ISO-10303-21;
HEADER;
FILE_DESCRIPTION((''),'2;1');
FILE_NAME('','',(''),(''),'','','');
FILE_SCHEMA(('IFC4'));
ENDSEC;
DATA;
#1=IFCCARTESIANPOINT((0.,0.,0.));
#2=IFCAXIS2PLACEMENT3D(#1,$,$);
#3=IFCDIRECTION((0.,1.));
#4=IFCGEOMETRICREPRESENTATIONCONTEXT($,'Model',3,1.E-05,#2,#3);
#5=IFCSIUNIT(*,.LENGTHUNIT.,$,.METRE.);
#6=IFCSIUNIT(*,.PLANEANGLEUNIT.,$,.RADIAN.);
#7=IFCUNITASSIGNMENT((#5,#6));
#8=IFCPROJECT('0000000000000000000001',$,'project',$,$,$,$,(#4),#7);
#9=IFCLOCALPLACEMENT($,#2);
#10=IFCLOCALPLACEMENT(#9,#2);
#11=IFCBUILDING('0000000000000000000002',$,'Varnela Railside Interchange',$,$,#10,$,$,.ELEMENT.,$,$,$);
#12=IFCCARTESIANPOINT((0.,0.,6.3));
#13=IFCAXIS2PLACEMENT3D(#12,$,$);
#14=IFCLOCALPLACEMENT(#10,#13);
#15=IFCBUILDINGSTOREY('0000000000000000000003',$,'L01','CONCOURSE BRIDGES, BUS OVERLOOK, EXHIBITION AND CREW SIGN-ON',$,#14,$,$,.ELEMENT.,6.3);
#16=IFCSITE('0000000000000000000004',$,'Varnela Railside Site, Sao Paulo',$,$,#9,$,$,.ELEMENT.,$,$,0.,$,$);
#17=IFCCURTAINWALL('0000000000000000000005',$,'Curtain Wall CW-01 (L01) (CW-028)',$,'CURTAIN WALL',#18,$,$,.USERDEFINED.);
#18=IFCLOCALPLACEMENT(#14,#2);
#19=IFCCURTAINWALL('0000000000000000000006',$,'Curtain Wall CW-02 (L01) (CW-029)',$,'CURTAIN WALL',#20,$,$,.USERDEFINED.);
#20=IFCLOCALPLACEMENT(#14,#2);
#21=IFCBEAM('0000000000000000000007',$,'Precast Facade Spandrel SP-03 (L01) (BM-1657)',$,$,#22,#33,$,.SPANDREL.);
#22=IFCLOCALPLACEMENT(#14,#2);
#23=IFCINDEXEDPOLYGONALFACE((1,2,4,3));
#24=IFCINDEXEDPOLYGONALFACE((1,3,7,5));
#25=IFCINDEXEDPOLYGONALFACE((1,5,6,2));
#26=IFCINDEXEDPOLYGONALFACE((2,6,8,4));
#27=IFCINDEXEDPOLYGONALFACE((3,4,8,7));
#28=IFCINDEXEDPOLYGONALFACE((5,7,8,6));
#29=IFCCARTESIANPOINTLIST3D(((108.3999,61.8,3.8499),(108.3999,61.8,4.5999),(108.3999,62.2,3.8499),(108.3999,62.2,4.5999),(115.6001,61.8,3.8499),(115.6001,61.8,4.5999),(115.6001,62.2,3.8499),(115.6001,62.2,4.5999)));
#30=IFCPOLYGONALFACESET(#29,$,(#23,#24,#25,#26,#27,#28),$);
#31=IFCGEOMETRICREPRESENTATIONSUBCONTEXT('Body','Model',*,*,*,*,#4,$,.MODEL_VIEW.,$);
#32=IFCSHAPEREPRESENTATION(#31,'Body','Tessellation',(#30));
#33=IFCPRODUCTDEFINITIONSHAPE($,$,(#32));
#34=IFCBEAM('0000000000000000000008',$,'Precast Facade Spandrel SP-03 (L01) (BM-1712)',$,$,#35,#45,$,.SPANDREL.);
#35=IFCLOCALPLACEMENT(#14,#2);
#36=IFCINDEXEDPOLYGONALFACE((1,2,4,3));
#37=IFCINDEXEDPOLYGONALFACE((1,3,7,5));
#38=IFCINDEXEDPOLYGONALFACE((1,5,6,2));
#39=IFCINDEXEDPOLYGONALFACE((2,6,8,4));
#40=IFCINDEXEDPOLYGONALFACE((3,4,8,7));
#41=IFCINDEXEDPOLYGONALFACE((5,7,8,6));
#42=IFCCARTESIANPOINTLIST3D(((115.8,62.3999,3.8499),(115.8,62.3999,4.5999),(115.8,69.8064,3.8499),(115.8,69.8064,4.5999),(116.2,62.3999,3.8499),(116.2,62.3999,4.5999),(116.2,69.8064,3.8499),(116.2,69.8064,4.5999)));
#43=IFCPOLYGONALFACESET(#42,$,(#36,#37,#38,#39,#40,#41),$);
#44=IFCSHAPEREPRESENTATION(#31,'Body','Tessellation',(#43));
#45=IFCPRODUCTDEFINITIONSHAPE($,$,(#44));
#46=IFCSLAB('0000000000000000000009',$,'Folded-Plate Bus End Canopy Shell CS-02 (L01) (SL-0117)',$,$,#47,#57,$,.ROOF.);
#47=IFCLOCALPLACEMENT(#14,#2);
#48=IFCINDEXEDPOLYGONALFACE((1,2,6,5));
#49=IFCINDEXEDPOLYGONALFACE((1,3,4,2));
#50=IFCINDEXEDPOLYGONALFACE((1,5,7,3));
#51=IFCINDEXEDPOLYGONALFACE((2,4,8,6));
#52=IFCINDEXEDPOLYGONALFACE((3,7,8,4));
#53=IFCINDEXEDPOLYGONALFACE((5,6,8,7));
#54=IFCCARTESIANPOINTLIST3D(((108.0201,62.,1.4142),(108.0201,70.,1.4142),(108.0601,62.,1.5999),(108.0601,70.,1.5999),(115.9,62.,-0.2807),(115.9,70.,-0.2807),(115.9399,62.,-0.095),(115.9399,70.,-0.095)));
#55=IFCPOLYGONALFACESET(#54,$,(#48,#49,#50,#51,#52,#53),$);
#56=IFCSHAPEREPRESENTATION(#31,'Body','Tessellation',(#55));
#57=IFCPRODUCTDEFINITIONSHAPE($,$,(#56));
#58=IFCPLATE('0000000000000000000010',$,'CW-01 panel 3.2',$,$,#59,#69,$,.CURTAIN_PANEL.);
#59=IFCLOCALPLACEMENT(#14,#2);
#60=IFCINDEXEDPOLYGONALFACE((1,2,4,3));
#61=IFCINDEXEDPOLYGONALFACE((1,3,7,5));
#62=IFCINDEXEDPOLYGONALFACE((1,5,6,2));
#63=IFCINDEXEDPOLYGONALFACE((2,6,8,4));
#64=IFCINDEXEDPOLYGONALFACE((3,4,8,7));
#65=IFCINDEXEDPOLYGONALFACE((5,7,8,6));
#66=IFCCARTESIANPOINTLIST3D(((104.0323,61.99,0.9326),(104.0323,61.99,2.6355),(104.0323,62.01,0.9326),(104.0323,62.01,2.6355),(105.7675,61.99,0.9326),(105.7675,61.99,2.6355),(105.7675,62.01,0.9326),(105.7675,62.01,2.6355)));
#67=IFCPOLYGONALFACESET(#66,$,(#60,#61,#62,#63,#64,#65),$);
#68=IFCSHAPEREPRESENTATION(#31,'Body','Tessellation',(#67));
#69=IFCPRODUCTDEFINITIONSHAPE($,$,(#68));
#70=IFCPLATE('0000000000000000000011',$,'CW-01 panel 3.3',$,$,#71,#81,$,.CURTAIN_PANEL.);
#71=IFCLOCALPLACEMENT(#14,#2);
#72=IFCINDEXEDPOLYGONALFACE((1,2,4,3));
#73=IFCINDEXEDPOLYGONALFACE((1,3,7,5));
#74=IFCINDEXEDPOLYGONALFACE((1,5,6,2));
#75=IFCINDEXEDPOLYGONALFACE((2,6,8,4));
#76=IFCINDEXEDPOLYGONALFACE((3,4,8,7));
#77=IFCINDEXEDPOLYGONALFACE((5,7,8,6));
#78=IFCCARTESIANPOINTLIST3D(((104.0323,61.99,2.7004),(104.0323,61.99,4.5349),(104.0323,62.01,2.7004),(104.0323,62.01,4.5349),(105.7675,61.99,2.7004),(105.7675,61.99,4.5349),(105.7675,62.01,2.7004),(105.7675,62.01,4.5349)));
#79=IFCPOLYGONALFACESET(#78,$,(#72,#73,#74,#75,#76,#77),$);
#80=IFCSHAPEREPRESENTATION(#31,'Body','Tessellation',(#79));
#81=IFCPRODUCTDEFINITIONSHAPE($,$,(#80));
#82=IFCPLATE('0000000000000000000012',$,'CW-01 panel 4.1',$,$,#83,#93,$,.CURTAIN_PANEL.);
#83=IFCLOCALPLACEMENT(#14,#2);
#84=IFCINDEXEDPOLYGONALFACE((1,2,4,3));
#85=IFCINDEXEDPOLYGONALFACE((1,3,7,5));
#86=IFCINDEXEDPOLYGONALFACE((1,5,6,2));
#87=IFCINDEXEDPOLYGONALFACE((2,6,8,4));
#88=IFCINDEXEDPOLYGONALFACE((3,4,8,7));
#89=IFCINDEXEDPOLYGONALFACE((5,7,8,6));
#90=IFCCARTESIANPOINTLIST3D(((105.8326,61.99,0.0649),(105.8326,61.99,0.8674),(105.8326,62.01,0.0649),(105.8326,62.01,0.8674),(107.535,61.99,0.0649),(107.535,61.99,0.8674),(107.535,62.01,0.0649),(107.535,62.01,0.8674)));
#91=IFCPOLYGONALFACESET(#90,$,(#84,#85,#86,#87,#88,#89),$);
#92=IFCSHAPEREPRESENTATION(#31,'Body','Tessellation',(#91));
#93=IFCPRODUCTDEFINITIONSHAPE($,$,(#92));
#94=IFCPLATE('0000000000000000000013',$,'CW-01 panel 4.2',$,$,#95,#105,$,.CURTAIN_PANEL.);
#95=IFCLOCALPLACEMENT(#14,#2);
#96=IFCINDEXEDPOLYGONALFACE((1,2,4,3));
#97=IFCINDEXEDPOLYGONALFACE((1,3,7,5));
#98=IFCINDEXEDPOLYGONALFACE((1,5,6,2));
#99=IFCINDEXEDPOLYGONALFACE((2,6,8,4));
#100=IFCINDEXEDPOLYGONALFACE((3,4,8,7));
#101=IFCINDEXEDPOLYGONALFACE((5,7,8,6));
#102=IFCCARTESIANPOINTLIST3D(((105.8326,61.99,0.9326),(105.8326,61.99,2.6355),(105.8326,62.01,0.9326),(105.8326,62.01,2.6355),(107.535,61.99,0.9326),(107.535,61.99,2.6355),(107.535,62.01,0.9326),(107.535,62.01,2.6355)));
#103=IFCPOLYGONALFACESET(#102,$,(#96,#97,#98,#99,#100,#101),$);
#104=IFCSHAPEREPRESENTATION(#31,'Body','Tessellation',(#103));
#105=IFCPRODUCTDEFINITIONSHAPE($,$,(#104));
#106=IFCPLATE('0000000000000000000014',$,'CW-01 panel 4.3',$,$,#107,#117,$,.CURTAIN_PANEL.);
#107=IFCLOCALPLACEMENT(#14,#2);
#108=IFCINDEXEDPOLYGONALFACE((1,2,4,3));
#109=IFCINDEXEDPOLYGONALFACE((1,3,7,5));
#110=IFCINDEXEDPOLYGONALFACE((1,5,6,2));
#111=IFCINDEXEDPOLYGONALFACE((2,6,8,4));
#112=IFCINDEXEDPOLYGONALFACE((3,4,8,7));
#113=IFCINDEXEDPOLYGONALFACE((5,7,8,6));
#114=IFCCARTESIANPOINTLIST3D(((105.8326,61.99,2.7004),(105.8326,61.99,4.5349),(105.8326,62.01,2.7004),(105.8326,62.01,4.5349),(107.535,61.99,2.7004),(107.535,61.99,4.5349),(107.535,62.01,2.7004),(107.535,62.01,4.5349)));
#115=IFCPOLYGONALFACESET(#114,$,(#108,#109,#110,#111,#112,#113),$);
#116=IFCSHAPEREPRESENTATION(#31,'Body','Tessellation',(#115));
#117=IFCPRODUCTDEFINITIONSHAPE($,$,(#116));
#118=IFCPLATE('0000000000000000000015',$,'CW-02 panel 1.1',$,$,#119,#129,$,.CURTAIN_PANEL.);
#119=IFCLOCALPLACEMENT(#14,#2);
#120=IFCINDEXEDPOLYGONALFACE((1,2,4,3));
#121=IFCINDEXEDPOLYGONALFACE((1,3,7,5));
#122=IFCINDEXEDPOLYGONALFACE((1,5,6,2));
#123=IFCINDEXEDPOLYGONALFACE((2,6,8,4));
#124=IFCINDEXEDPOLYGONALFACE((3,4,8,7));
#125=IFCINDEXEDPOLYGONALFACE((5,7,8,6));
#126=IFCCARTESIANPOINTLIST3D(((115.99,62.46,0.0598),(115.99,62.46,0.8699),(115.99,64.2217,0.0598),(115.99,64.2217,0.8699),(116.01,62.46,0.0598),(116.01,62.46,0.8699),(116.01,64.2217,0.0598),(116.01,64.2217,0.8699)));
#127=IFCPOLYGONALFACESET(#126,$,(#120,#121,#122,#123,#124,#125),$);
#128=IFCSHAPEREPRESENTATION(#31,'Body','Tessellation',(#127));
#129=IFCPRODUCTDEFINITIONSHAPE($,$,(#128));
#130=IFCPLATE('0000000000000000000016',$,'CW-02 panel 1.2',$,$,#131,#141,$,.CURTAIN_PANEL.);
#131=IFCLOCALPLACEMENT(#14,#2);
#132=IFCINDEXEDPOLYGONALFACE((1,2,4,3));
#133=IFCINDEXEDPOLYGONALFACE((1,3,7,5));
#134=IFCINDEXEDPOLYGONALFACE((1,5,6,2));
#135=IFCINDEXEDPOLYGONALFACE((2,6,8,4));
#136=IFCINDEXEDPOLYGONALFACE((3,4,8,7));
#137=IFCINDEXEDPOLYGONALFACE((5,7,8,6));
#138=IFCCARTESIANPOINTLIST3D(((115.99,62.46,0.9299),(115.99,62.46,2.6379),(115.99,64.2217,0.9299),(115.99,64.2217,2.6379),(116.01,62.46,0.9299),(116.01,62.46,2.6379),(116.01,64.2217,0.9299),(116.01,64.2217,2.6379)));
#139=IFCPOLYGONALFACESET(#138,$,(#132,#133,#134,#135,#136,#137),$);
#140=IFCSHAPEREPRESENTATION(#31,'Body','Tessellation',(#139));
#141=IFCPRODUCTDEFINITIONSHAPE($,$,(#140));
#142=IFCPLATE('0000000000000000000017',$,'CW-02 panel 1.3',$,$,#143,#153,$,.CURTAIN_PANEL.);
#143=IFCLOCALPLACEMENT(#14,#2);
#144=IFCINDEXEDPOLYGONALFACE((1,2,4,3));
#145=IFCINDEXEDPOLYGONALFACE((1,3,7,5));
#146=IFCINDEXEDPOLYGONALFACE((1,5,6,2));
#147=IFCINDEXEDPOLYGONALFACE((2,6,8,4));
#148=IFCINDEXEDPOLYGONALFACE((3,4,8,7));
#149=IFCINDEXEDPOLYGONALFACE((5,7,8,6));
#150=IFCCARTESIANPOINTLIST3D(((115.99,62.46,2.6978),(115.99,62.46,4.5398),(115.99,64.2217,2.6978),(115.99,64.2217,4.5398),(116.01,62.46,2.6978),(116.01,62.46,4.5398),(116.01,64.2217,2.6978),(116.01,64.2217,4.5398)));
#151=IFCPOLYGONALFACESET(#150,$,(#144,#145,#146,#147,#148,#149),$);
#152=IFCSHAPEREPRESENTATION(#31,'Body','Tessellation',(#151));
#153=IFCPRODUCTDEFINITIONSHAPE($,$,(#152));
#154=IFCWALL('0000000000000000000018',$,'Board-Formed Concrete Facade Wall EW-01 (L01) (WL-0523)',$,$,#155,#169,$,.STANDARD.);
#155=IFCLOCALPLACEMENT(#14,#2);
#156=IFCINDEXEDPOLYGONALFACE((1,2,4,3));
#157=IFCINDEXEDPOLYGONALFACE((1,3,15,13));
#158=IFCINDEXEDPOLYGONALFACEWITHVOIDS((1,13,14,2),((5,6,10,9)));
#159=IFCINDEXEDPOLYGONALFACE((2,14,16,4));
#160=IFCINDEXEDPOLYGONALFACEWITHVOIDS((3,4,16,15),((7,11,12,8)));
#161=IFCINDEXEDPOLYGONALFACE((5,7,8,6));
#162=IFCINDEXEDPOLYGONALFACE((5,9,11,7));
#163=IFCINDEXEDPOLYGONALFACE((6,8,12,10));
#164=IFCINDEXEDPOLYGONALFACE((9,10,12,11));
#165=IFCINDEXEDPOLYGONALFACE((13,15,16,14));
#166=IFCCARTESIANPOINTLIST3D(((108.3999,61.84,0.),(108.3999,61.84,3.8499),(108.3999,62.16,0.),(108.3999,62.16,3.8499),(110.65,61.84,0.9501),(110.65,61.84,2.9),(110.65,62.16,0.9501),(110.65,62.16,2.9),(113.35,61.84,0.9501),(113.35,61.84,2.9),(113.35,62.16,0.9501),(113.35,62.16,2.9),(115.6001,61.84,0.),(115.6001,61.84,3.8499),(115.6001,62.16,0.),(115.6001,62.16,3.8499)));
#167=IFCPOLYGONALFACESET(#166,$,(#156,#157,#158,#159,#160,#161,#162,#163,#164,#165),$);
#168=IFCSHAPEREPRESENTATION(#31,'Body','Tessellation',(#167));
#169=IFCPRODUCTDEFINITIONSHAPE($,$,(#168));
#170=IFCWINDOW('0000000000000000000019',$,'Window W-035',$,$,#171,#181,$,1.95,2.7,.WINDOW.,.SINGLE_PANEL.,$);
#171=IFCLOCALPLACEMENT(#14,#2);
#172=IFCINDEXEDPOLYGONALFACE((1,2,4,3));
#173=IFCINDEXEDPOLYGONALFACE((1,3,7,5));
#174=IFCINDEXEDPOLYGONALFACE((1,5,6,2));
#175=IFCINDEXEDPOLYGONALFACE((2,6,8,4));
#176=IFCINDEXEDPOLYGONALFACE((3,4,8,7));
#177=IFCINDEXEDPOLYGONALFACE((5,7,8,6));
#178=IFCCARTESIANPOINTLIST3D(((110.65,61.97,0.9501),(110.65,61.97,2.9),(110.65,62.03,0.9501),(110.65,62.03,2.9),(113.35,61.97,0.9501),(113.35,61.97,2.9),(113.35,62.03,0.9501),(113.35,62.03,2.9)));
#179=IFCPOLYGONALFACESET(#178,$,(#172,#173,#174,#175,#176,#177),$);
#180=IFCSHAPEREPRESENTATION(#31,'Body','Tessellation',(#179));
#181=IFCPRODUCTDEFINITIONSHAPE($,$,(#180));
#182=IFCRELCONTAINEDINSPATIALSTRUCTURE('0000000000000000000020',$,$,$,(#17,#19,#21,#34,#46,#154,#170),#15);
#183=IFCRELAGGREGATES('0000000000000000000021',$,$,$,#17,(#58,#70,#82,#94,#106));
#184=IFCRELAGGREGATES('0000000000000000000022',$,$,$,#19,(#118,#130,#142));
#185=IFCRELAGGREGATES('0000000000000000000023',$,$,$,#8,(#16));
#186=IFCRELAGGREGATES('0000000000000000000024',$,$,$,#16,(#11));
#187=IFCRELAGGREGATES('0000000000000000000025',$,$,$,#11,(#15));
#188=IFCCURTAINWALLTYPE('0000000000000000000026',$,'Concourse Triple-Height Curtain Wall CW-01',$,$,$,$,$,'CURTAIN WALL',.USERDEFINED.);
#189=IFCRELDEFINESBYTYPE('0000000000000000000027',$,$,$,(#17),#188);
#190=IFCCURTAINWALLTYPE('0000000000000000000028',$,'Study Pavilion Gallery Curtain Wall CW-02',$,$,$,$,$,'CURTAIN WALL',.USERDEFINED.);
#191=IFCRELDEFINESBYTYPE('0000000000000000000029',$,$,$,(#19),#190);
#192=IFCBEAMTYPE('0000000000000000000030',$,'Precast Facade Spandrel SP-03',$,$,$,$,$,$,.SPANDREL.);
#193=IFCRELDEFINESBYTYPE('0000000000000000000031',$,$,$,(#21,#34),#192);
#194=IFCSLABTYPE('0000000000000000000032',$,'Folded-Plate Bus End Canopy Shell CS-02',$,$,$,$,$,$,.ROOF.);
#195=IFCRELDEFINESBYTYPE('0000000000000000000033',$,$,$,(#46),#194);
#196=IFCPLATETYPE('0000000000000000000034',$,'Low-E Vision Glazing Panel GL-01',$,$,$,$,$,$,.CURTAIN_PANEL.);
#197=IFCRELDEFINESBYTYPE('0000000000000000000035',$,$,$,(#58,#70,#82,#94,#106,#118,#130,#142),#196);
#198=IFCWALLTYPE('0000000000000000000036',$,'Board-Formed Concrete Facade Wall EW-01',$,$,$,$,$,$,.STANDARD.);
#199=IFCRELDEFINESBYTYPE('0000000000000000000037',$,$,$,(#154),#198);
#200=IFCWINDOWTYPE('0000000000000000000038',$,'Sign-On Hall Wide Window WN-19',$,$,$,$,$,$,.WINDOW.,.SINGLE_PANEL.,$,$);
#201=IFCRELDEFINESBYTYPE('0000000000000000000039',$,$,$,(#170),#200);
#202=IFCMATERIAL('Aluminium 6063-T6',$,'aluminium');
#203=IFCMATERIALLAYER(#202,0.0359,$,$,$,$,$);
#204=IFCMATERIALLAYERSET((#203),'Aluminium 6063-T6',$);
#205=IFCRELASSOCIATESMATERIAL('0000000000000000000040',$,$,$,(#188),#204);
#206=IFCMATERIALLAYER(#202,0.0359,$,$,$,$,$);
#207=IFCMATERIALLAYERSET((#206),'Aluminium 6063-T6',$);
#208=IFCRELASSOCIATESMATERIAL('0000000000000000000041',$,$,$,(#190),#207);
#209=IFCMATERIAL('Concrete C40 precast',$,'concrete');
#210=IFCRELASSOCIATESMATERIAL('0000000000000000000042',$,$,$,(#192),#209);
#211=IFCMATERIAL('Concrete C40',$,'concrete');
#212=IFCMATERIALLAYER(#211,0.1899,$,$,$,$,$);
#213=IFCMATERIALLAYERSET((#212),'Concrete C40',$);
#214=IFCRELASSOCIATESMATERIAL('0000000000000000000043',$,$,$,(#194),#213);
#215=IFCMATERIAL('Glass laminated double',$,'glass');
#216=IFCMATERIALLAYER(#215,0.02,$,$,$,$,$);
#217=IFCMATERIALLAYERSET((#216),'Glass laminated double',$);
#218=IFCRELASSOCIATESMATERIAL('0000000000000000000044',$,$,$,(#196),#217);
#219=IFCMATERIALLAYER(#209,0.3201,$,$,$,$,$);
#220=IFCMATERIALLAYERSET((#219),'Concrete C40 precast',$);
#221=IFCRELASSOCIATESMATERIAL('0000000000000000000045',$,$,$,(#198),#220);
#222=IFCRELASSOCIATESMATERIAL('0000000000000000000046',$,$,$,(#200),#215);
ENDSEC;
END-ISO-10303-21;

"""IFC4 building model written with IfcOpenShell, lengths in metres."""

from ifc_helpers import new_model, si_unit, direction, frame, frame_2d, origin, origin_2d, place, context, subcontext, project, spatial, polyline, rectangle, outline, extrude, material, layer, layer_set, material_profile, profile_set, type_object, element, fill, aggregate, save


model = new_model("IFC4")

# Units and contexts
model_context = context("Model", 3, precision=1e-05, world=origin(), true_north=direction((0.0, 1.0)))
body_context = subcontext(model_context, "Body", "Model", "MODEL_VIEW")
ifc_project = project(units=[si_unit("LENGTHUNIT", "METRE"), si_unit("PLANEANGLEUNIT", "RADIAN")], contexts=[model_context])

# Site, building, storey
site_placement = place(None, origin())
site = spatial("IfcSite", under=ifc_project, at=site_placement, Name="Varnela Railside Site, Sao Paulo", CompositionType="ELEMENT", RefElevation=0.0)
building_placement = place(site_placement, origin())
building = spatial("IfcBuilding", under=site, at=building_placement, Name="Varnela Railside Interchange", CompositionType="ELEMENT")
storey_placement = place(building_placement, frame((0.0, 0.0, 6.3)))
storey = spatial("IfcBuildingStorey", under=building, at=storey_placement, Name="L01", Description="CONCOURSE BRIDGES, BUS OVERLOOK, EXHIBITION AND CREW SIGN-ON", CompositionType="ELEMENT", Elevation=6.3)

# Curtain walls
ifc_material_1 = material(Name="Aluminium 6063-T6", Category="aluminium")
ifc_layer_1 = layer(ifc_material_1, 0.0359)
ifc_layer_set_1 = layer_set([ifc_layer_1], Name="Aluminium 6063-T6")
curtain_wall_type_1 = type_object("IfcCurtainWallType", Name="Concourse Triple-Height Curtain Wall CW-01", ElementType="CURTAIN WALL", PredefinedType="USERDEFINED", material=ifc_layer_set_1)
curtain_wall_1_placement = place(storey_placement, origin())
curtain_wall_1 = element("IfcCurtainWall", 1, at=curtain_wall_1_placement, inside=storey, type_object=curtain_wall_type_1, Name="Curtain Wall CW-01 (L01) (CW-028)", ObjectType="CURTAIN WALL", PredefinedType="USERDEFINED")
ifc_layer_2 = layer(ifc_material_1, 0.0359)
ifc_layer_set_2 = layer_set([ifc_layer_2], Name="Aluminium 6063-T6")
curtain_wall_type_2 = type_object("IfcCurtainWallType", Name="Study Pavilion Gallery Curtain Wall CW-02", ElementType="CURTAIN WALL", PredefinedType="USERDEFINED", material=ifc_layer_set_2)
curtain_wall_2_placement = place(storey_placement, origin())
curtain_wall_2 = element("IfcCurtainWall", 2, at=curtain_wall_2_placement, inside=storey, type_object=curtain_wall_type_2, Name="Curtain Wall CW-02 (L01) (CW-029)", ObjectType="CURTAIN WALL", PredefinedType="USERDEFINED")

# Beams
ifc_material_2 = material(Name="Concrete C40 precast", Category="concrete")
ifc_material_profile_1 = material_profile(ifc_material_2, rectangle(XDim=0.3999, YDim=0.75, at=origin_2d()), Name="PC 400x750")
ifc_profile_set_1 = profile_set([ifc_material_profile_1], Name="Concrete C40 precast")
beam_type = type_object("IfcBeamType", Name="Precast Facade Spandrel SP-03", PredefinedType="SPANDREL", material=ifc_profile_set_1)
beam_1_placement = place(storey_placement, frame((108.3999, 62.0, 4.2249), z_axis=(1.0, 0.0, 0.0), x_axis=(0.0, 1.0, 0.0)))
element("IfcBeam", 3, at=beam_1_placement, inside=storey, type_object=beam_type, Name="Precast Facade Spandrel SP-03 (L01) (BM-1657)", PredefinedType="SPANDREL", context=body_context, shape_type="SweptSolid", body=[
    extrude(rectangle(XDim=0.3999, YDim=0.75, at=origin_2d()), origin(), (0.0, 0.0, 1.0), 7.2002),
])
beam_2_placement = place(storey_placement, frame((116.0, 62.3999, 4.2249), z_axis=(0.0, 1.0, 0.0), x_axis=(-1.0, 0.0, 0.0)))
element("IfcBeam", 4, at=beam_2_placement, inside=storey, type_object=beam_type, Name="Precast Facade Spandrel SP-03 (L01) (BM-1712)", PredefinedType="SPANDREL", context=body_context, shape_type="SweptSolid", body=[
    extrude(rectangle(XDim=0.3999, YDim=0.75, at=origin_2d()), origin(), (0.0, 0.0, 1.0), 7.4065),
])

# Slab
ifc_material_3 = material(Name="Concrete C40", Category="concrete")
ifc_layer_3 = layer(ifc_material_3, 0.1899)
ifc_layer_set_3 = layer_set([ifc_layer_3], Name="Concrete C40")
slab_type = type_object("IfcSlabType", Name="Folded-Plate Bus End Canopy Shell CS-02", PredefinedType="ROOF", material=ifc_layer_set_3)
slab_placement = place(storey_placement, frame((108.0601, 62.0, 1.5999), z_axis=(0.210274, 0.0, 0.977643), x_axis=(0.977643, 0.0, -0.210274)))
element("IfcSlab", 5, at=slab_placement, inside=storey, type_object=slab_type, Name="Folded-Plate Bus End Canopy Shell CS-02 (L01) (SL-0117)", PredefinedType="ROOF", context=body_context, shape_type="SweptSolid", body=[
    extrude(outline(polyline([(0.0, 0.0), (8.0601, 0.0), (8.0601, 8.0), (0.0, 8.0), (0.0, 0.0)])), origin(), (0.0, 0.0, -1.0), 0.1899),
])

# Plates
ifc_material_4 = material(Name="Glass laminated double", Category="glass")
ifc_layer_4 = layer(ifc_material_4, 0.02)
ifc_layer_set_4 = layer_set([ifc_layer_4], Name="Glass laminated double")
plate_type = type_object("IfcPlateType", Name="Low-E Vision Glazing Panel GL-01", PredefinedType="CURTAIN_PANEL", material=ifc_layer_set_4)
plate_1_placement = place(storey_placement, frame((104.8999, 62.0, 0.9326), z_axis=(0.0, 0.0, 1.0), x_axis=(1.0, 0.0, 0.0)))
plate_1 = element("IfcPlate", 6, at=plate_1_placement, type_object=plate_type, Name="CW-01 panel 3.2", PredefinedType="CURTAIN_PANEL", context=body_context, shape_type="SweptSolid", body=[
    extrude(rectangle(XDim=1.7351, YDim=0.02, at=origin_2d()), origin(), (0.0, 0.0, 1.0), 1.7029),
])
plate_2_placement = place(storey_placement, frame((104.8999, 62.0, 2.7004), z_axis=(0.0, 0.0, 1.0), x_axis=(1.0, 0.0, 0.0)))
plate_2 = element("IfcPlate", 7, at=plate_2_placement, type_object=plate_type, Name="CW-01 panel 3.3", PredefinedType="CURTAIN_PANEL", context=body_context, shape_type="SweptSolid", body=[
    extrude(rectangle(XDim=1.7351, YDim=0.02, at=origin_2d()), origin(), (0.0, 0.0, 1.0), 1.8345),
])
plate_3_placement = place(storey_placement, frame((106.6838, 62.0, 0.0649), z_axis=(0.0, 0.0, 1.0), x_axis=(1.0, 0.0, 0.0)))
plate_3 = element("IfcPlate", 8, at=plate_3_placement, type_object=plate_type, Name="CW-01 panel 4.1", PredefinedType="CURTAIN_PANEL", context=body_context, shape_type="SweptSolid", body=[
    extrude(rectangle(XDim=1.7024, YDim=0.02, at=origin_2d()), origin(), (0.0, 0.0, 1.0), 0.8025),
])
plate_4_placement = place(storey_placement, frame((106.6838, 62.0, 0.9326), z_axis=(0.0, 0.0, 1.0), x_axis=(1.0, 0.0, 0.0)))
plate_4 = element("IfcPlate", 9, at=plate_4_placement, type_object=plate_type, Name="CW-01 panel 4.2", PredefinedType="CURTAIN_PANEL", context=body_context, shape_type="SweptSolid", body=[
    extrude(rectangle(XDim=1.7024, YDim=0.02, at=origin_2d()), origin(), (0.0, 0.0, 1.0), 1.7029),
])
plate_5_placement = place(storey_placement, frame((106.6838, 62.0, 2.7004), z_axis=(0.0, 0.0, 1.0), x_axis=(1.0, 0.0, 0.0)))
plate_5 = element("IfcPlate", 10, at=plate_5_placement, type_object=plate_type, Name="CW-01 panel 4.3", PredefinedType="CURTAIN_PANEL", context=body_context, shape_type="SweptSolid", body=[
    extrude(rectangle(XDim=1.7024, YDim=0.02, at=origin_2d()), origin(), (0.0, 0.0, 1.0), 1.8345),
])
aggregate(curtain_wall_1, [plate_1, plate_2, plate_3, plate_4, plate_5])
plate_6_placement = place(storey_placement, frame((116.0, 63.3408, 0.0598), z_axis=(0.0, 0.0, 1.0), x_axis=(0.0, 1.0, 0.0)))
plate_6 = element("IfcPlate", 11, at=plate_6_placement, type_object=plate_type, Name="CW-02 panel 1.1", PredefinedType="CURTAIN_PANEL", context=body_context, shape_type="SweptSolid", body=[
    extrude(rectangle(XDim=1.7617, YDim=0.02, at=origin_2d()), origin(), (0.0, 0.0, 1.0), 0.8101),
])
plate_7_placement = place(storey_placement, frame((116.0, 63.3408, 0.9299), z_axis=(0.0, 0.0, 1.0), x_axis=(0.0, 1.0, 0.0)))
plate_7 = element("IfcPlate", 12, at=plate_7_placement, type_object=plate_type, Name="CW-02 panel 1.2", PredefinedType="CURTAIN_PANEL", context=body_context, shape_type="SweptSolid", body=[
    extrude(rectangle(XDim=1.7617, YDim=0.02, at=origin_2d()), origin(), (0.0, 0.0, 1.0), 1.708),
])
plate_8_placement = place(storey_placement, frame((116.0, 63.3408, 2.6978), z_axis=(0.0, 0.0, 1.0), x_axis=(0.0, 1.0, 0.0)))
plate_8 = element("IfcPlate", 13, at=plate_8_placement, type_object=plate_type, Name="CW-02 panel 1.3", PredefinedType="CURTAIN_PANEL", context=body_context, shape_type="SweptSolid", body=[
    extrude(rectangle(XDim=1.7617, YDim=0.02, at=origin_2d()), origin(), (0.0, 0.0, 1.0), 1.842),
])
aggregate(curtain_wall_2, [plate_6, plate_7, plate_8])

# Wall, opening, window
ifc_layer_5 = layer(ifc_material_2, 0.3201)
ifc_layer_set_5 = layer_set([ifc_layer_5], Name="Concrete C40 precast")
wall_type = type_object("IfcWallType", Name="Board-Formed Concrete Facade Wall EW-01", PredefinedType="STANDARD", material=ifc_layer_set_5)
wall_placement = place(storey_placement, frame((108.3999, 62.0, 0.0), z_axis=(0.0, 0.0, 1.0), x_axis=(1.0, 0.0, 0.0)))
wall = element("IfcWall", 14, at=wall_placement, inside=storey, type_object=wall_type, Name="Board-Formed Concrete Facade Wall EW-01 (L01) (WL-0523)", PredefinedType="STANDARD", context=body_context, shape_type="SweptSolid", body=[
    extrude(rectangle(XDim=7.2002, YDim=0.3201, at=frame_2d((3.6001, 0.0))), origin(), (0.0, 0.0, 1.0), 3.8499),
])
opening_placement = place(wall_placement, frame((2.25, 0.0, 0.95)))
opening = element("IfcOpeningElement", 15, at=opening_placement, cuts=wall, PredefinedType="OPENING", context=body_context, shape_type="SweptSolid", body=[
    extrude(rectangle(XDim=2.7, YDim=1.95, at=frame_2d((1.3501, 0.9751))), frame((0.0, 0.1699, 0.0), z_axis=(0.0, -1.0, 0.0), x_axis=(1.0, 0.0, 0.0)), (0.0, 0.0, 1.0), 0.3401),
])
window_type = type_object("IfcWindowType", Name="Sign-On Hall Wide Window WN-19", PartitioningType="SINGLE_PANEL", PredefinedType="WINDOW", material=ifc_material_4)
window_placement = place(opening_placement, origin())
window = element("IfcWindow", 16, at=window_placement, inside=storey, type_object=window_type, Name="Window W-035", OverallHeight=1.95, OverallWidth=2.7, PartitioningType="SINGLE_PANEL", PredefinedType="WINDOW", context=body_context, shape_type="SweptSolid", body=[
    extrude(rectangle(XDim=2.7, YDim=1.95, at=frame_2d((1.3501, 0.9751))), frame((0.0, 0.03, 0.0), z_axis=(0.0, -1.0, 0.0), x_axis=(1.0, 0.0, 0.0)), (0.0, 0.0, 1.0), 0.0601),
])
fill(opening, window)

save(model, "model.ifc")
